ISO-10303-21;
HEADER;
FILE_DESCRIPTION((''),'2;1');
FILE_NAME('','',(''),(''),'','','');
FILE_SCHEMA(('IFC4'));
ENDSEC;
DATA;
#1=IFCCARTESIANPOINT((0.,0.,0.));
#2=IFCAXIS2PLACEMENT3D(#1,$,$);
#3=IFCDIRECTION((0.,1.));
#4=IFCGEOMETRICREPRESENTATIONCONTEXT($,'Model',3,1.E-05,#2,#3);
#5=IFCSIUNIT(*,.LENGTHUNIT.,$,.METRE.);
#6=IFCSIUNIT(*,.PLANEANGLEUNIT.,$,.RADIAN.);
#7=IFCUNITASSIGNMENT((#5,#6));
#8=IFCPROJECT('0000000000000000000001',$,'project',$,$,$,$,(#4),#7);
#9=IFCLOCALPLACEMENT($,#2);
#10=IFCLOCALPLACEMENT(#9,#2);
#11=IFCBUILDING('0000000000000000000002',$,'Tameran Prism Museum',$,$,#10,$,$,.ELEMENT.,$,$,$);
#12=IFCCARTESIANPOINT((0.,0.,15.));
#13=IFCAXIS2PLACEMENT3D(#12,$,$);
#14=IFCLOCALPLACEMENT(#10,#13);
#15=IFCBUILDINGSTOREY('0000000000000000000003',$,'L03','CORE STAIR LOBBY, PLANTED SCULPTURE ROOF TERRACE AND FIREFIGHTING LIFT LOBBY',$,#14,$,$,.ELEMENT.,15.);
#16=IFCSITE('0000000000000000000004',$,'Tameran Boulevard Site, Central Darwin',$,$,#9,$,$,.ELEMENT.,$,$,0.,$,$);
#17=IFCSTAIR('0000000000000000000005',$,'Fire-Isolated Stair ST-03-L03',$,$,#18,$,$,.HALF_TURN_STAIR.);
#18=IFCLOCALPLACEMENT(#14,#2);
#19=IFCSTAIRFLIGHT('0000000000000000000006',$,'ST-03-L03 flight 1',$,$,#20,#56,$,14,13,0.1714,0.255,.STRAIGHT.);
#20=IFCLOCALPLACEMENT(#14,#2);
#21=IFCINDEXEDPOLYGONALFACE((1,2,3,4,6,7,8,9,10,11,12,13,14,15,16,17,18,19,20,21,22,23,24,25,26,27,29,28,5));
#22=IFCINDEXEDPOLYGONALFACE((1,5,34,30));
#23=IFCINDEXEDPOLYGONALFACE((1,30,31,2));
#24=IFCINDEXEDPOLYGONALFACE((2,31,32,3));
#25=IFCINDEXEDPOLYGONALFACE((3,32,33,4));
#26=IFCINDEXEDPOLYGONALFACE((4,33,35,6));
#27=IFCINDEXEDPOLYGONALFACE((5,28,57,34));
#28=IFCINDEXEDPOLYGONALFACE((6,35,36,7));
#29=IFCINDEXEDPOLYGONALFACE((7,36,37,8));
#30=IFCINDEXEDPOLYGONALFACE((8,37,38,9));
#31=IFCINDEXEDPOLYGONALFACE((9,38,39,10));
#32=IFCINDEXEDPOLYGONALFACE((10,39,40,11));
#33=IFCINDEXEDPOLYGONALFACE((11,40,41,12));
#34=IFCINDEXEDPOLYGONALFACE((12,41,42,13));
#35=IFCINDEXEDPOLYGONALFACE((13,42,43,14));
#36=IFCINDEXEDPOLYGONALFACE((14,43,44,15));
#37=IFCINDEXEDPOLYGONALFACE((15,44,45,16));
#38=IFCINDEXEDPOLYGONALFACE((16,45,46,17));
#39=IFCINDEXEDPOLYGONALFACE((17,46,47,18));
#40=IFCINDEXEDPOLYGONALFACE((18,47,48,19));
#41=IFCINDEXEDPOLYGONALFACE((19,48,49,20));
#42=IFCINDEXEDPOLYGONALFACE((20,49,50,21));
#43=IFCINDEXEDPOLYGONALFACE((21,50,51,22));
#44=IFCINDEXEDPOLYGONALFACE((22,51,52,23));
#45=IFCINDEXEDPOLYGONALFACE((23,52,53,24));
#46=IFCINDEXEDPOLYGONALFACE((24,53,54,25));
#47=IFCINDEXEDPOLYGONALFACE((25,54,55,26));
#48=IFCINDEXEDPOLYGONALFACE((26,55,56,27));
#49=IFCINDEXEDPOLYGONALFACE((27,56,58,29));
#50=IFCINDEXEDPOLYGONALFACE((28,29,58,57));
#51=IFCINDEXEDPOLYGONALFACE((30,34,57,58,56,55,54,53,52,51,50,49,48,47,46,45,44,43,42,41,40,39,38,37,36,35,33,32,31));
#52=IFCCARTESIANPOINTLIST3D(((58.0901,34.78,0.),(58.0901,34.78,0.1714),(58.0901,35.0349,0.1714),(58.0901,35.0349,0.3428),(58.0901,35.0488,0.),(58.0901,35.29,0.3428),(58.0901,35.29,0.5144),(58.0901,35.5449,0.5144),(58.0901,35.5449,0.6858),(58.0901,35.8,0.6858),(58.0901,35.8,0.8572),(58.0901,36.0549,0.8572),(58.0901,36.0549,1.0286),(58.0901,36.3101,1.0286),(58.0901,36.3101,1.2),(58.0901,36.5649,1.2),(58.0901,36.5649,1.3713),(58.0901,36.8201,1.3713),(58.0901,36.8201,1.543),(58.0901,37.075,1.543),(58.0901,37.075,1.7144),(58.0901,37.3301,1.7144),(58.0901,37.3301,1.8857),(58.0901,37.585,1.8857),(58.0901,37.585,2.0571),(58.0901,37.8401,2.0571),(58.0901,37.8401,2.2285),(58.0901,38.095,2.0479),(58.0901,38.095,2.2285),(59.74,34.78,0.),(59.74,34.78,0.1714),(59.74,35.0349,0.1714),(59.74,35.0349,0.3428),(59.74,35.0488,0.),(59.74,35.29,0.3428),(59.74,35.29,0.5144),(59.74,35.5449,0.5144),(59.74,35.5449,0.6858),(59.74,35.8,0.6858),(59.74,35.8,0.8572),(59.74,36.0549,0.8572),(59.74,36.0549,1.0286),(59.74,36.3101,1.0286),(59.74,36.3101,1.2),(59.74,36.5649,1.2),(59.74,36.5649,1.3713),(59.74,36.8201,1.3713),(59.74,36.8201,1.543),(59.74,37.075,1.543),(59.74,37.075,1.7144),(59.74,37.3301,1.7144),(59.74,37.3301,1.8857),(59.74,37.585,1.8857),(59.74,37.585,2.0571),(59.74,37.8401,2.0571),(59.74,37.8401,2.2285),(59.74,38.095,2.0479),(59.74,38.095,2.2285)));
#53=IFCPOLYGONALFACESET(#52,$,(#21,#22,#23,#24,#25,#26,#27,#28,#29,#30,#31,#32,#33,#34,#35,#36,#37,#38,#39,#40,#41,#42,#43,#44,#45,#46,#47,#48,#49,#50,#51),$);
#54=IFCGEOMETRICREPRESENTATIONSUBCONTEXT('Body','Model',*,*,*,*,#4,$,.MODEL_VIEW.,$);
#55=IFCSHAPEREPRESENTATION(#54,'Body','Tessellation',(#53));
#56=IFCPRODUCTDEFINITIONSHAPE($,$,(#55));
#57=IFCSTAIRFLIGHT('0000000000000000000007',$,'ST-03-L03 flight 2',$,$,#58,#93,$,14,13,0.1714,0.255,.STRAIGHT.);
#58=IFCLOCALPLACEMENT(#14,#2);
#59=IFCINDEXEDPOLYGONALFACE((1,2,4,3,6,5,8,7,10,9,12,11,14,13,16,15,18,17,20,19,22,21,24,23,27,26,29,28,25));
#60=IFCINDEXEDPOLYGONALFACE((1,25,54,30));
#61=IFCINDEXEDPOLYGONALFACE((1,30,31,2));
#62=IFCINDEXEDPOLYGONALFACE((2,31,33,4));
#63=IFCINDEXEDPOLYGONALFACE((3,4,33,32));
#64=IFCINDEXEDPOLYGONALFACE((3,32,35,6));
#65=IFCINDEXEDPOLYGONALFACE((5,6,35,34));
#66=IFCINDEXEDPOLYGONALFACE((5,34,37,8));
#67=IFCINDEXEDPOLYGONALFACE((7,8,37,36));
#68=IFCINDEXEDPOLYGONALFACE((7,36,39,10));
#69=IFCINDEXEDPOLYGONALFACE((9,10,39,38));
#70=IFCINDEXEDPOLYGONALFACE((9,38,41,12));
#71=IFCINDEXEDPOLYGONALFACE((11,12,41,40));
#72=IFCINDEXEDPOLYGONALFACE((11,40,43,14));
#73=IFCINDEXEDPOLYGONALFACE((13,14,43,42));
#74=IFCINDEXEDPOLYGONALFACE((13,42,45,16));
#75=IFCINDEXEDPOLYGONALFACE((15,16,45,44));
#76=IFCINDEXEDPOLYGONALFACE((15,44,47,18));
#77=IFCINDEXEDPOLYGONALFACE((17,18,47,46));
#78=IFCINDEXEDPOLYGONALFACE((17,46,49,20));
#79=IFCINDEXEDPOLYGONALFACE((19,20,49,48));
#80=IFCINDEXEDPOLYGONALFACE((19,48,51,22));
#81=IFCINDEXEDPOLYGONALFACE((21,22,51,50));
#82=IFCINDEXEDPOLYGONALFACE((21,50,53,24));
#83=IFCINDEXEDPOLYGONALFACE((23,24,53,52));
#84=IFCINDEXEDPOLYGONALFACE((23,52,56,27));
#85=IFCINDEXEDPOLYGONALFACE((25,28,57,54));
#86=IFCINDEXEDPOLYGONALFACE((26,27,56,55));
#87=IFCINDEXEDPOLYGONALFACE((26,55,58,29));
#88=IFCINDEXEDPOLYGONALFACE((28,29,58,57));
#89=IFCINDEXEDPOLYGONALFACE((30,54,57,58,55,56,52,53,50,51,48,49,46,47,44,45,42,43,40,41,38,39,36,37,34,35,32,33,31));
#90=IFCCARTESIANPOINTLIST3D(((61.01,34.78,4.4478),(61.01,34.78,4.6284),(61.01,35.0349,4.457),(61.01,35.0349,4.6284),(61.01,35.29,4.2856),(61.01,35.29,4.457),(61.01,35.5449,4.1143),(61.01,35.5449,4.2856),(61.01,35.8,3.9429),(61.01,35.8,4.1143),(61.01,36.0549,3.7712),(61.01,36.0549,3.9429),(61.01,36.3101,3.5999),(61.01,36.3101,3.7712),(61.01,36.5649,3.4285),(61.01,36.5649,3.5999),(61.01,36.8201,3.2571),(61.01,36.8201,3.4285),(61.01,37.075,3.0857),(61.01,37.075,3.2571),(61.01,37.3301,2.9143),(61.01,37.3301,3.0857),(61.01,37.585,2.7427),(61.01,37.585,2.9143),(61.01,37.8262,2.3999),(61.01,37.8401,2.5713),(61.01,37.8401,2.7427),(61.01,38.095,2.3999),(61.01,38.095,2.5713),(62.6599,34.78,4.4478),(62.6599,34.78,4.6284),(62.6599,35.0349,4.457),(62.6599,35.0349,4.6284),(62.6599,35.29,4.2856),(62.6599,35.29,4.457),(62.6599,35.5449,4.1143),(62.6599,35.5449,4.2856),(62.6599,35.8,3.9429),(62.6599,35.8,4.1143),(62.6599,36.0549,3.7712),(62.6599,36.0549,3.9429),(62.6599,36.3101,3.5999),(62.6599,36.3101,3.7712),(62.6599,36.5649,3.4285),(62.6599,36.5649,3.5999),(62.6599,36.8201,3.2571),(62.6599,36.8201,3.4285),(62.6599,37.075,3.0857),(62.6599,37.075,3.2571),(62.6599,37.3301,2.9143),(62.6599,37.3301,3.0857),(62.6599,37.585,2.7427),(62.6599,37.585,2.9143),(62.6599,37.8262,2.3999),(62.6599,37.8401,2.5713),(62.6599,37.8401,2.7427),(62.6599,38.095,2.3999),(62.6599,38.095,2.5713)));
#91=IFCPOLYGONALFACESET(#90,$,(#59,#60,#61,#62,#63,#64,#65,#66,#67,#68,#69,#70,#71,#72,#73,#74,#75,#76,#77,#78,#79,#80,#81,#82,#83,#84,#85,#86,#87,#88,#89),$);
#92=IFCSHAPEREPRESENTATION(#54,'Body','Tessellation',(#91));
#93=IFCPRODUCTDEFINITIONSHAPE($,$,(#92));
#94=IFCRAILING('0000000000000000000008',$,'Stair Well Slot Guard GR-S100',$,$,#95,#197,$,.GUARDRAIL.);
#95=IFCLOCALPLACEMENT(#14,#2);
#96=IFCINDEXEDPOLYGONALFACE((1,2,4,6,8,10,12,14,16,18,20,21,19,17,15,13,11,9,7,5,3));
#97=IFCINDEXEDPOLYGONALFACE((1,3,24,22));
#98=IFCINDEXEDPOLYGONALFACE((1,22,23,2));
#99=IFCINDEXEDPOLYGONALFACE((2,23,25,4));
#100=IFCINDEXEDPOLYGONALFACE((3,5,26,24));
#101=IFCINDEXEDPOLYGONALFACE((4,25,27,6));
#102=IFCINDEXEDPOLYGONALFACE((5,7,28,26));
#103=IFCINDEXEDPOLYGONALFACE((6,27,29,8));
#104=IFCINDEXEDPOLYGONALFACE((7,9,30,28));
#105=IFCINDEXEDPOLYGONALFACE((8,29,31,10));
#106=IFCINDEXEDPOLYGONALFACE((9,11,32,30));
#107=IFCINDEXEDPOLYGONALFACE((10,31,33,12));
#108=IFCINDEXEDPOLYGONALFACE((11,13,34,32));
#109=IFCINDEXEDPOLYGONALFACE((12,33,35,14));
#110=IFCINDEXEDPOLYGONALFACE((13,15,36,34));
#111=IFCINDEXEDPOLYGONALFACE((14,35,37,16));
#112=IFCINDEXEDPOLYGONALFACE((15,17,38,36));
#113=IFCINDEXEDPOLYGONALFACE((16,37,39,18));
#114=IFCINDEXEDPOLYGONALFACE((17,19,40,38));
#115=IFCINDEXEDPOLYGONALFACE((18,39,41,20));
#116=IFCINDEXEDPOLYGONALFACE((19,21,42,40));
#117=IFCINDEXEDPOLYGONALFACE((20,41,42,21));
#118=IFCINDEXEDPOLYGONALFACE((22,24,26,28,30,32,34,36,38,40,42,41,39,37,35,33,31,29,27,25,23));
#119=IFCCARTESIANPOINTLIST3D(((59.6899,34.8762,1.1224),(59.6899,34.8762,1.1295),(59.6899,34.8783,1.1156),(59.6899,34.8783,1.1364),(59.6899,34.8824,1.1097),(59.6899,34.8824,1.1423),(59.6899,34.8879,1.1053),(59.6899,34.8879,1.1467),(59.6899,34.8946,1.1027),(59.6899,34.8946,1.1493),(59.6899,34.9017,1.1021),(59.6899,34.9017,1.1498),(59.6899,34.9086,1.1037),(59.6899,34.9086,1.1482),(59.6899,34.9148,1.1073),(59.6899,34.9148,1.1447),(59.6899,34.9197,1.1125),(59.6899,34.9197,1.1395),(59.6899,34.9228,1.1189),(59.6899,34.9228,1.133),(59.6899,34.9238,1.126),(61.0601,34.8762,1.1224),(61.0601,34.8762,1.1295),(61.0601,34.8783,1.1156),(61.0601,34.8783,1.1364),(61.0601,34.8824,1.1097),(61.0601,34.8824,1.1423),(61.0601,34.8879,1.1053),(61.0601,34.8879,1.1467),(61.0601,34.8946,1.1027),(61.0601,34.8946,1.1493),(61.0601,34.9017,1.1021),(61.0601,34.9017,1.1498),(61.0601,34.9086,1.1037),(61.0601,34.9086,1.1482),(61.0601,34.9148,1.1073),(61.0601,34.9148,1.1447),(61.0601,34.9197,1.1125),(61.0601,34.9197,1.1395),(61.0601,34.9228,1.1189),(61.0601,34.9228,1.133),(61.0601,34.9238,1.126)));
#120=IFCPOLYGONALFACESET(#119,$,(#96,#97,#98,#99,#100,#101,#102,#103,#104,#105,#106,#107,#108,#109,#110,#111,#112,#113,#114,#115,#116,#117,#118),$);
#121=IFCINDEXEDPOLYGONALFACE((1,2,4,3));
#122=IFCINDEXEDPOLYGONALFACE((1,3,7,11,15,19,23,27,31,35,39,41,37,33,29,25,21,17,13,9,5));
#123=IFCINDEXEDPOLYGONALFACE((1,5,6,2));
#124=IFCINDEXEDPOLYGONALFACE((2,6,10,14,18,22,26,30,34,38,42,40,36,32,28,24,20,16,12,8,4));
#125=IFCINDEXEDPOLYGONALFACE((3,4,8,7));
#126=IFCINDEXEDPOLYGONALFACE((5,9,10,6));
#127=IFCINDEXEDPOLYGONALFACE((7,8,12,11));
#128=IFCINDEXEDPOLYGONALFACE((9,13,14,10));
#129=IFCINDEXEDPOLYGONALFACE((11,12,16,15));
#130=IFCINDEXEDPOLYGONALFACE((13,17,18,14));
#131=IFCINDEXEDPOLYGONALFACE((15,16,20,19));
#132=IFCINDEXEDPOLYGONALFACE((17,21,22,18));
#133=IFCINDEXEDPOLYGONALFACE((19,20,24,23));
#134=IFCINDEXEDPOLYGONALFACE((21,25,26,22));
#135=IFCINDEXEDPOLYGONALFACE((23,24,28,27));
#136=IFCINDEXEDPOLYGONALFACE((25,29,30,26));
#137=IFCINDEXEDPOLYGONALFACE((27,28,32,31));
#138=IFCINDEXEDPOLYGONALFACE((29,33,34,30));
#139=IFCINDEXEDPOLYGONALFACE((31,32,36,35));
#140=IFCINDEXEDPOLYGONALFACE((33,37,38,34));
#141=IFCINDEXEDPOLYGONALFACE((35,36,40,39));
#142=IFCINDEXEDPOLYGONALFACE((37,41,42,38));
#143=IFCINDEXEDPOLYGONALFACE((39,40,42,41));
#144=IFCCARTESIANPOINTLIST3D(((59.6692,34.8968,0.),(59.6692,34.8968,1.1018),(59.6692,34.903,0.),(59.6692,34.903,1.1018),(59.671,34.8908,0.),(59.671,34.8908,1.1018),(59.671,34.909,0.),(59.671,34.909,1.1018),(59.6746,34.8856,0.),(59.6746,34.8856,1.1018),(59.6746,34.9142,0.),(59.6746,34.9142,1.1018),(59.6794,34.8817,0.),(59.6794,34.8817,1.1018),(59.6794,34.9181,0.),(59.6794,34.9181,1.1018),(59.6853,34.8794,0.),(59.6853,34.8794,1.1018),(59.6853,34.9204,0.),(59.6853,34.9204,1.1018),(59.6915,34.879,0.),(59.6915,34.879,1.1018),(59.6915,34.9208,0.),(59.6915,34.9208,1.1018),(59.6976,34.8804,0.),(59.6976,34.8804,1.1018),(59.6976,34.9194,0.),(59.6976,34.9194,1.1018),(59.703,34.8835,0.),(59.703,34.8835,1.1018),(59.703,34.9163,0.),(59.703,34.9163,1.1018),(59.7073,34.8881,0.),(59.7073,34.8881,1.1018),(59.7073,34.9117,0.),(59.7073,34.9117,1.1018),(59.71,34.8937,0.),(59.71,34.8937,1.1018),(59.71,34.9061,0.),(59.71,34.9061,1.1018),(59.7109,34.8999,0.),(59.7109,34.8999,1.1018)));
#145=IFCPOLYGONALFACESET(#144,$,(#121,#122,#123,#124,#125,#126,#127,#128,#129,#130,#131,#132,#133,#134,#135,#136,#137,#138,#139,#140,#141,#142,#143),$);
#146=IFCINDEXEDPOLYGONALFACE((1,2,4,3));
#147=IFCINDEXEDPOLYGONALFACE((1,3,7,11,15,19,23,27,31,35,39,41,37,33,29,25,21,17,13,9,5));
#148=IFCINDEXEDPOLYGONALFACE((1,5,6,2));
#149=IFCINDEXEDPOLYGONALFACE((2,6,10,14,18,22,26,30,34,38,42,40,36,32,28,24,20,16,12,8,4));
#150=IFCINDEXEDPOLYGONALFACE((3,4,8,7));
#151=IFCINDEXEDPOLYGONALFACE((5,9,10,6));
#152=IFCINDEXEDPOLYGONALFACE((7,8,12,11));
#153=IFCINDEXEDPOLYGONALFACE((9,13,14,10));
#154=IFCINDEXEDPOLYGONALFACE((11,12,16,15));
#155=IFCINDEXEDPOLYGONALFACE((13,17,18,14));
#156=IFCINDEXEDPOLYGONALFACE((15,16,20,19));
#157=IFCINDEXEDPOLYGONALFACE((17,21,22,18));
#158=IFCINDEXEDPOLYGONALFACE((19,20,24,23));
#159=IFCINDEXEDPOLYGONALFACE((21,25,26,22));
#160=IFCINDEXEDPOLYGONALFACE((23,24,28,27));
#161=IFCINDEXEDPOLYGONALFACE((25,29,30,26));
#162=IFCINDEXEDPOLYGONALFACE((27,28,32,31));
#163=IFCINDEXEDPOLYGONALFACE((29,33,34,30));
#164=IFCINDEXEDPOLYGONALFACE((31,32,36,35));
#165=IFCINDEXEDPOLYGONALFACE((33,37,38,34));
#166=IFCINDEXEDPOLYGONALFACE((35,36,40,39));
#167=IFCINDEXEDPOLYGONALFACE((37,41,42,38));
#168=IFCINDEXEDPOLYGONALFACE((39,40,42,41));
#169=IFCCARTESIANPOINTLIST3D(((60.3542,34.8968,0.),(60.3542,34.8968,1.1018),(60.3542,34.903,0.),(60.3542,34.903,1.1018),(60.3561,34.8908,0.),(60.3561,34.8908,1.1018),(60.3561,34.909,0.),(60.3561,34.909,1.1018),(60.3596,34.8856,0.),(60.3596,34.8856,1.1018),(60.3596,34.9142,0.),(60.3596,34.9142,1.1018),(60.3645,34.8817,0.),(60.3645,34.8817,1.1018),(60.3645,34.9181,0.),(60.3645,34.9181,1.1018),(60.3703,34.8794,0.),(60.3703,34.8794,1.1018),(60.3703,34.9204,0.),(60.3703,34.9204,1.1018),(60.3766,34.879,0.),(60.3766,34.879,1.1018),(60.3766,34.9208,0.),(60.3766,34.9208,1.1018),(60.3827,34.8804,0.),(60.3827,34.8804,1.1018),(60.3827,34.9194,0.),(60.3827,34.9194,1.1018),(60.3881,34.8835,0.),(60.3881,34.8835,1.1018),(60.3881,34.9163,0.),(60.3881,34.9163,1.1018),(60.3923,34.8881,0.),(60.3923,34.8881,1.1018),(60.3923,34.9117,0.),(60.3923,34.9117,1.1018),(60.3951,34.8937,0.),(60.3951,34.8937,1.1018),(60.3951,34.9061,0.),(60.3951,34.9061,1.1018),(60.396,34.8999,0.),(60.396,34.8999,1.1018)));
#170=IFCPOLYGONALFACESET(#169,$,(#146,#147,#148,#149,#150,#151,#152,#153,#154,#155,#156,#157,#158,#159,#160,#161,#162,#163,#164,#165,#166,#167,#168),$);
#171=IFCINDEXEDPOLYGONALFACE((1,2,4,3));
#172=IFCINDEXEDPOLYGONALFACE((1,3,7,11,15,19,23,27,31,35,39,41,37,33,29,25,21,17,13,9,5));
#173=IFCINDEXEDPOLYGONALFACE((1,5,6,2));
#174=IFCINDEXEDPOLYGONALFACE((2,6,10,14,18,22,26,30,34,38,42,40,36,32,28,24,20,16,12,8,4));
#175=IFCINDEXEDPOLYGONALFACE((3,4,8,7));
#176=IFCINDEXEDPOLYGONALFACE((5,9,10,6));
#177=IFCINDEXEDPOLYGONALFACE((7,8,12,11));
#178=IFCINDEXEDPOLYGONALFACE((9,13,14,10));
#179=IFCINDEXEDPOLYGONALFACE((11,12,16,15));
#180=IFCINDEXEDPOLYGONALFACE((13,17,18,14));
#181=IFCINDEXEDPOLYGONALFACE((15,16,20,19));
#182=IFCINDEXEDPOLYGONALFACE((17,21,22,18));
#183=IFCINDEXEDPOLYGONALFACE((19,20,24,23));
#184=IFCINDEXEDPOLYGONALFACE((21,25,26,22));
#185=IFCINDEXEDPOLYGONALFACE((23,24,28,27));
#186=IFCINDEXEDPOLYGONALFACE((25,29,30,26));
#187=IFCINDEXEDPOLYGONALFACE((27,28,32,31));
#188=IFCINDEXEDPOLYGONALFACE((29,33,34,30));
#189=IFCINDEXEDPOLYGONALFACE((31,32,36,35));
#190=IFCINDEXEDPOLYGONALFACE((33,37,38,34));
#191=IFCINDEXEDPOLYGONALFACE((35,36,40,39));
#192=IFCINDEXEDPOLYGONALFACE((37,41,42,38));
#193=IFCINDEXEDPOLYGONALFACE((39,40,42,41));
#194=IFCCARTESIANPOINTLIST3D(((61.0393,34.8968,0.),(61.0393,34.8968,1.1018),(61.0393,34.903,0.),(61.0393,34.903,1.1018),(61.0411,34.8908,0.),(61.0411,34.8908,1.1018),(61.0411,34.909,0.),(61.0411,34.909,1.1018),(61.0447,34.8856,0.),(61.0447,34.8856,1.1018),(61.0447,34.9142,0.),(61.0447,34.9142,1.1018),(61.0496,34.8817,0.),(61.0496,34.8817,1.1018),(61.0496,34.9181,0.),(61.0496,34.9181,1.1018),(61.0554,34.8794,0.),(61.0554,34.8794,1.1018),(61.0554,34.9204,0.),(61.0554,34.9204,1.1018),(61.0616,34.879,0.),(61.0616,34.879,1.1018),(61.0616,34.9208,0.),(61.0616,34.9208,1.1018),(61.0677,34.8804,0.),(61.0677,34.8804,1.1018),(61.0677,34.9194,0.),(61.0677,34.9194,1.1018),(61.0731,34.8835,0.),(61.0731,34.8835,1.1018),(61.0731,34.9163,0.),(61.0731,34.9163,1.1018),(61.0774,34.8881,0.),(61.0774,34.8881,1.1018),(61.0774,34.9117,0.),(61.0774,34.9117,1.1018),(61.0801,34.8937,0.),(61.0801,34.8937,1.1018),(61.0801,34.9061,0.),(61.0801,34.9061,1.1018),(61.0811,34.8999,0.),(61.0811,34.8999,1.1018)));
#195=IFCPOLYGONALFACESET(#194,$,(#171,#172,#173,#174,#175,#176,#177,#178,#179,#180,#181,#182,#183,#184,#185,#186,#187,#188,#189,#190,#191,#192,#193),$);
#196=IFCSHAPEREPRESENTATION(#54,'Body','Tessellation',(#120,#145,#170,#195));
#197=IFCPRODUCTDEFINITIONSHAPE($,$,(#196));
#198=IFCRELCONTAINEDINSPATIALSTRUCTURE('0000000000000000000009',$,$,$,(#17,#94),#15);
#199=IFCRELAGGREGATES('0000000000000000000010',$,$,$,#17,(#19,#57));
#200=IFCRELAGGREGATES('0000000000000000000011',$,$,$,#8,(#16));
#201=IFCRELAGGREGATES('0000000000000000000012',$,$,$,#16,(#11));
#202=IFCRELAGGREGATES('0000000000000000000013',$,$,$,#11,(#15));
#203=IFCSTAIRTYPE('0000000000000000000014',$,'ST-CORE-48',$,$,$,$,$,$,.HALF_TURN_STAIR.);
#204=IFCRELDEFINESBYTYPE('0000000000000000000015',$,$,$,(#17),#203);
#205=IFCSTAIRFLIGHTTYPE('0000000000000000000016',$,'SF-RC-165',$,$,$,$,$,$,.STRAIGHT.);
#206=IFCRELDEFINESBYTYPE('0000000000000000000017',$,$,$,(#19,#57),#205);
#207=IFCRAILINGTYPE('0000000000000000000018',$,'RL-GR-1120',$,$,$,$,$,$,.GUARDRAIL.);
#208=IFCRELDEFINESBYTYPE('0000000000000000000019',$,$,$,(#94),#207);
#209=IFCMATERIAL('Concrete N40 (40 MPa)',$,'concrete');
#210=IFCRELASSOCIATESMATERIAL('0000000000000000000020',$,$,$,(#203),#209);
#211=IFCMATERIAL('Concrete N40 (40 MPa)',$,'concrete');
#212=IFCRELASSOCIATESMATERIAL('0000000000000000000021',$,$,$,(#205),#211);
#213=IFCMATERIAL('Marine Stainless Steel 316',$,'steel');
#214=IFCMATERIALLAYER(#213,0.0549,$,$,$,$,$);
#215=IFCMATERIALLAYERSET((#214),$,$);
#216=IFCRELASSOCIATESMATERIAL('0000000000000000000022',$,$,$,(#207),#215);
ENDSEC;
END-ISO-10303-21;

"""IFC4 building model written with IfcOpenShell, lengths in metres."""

from ifc_helpers import new_model, si_unit, direction, frame, origin, origin_2d, place, context, subcontext, project, spatial, polyline, circle, outline, extrude, material, layer, layer_set, type_object, element, aggregate, save


model = new_model("IFC4")

# Units and contexts
model_context = context("Model", 3, precision=1e-05, world=origin(), true_north=direction((0.0, 1.0)))
body_context = subcontext(model_context, "Body", "Model", "MODEL_VIEW")
ifc_project = project(units=[si_unit("LENGTHUNIT", "METRE"), si_unit("PLANEANGLEUNIT", "RADIAN")], contexts=[model_context])

# Site, building, storey
site_placement = place(None, origin())
site = spatial("IfcSite", under=ifc_project, at=site_placement, Name="Tameran Boulevard Site, Central Darwin", CompositionType="ELEMENT", RefElevation=0.0)
building_placement = place(site_placement, origin())
building = spatial("IfcBuilding", under=site, at=building_placement, Name="Tameran Prism Museum", CompositionType="ELEMENT")
storey_placement = place(building_placement, frame((0.0, 0.0, 15.0)))
storey = spatial("IfcBuildingStorey", under=building, at=storey_placement, Name="L03", Description="CORE STAIR LOBBY, PLANTED SCULPTURE ROOF TERRACE AND FIREFIGHTING LIFT LOBBY", CompositionType="ELEMENT", Elevation=15.0)

# Stair, stair flights
ifc_material_1 = material(Name="Concrete N40 (40 MPa)", Category="concrete")
stair_type = type_object("IfcStairType", Name="ST-CORE-48", PredefinedType="HALF_TURN_STAIR", material=ifc_material_1)
stair_placement = place(storey_placement, origin())
stair = element("IfcStair", 1, at=stair_placement, inside=storey, type_object=stair_type, Name="Fire-Isolated Stair ST-03-L03", PredefinedType="HALF_TURN_STAIR")
ifc_material_2 = material(Name="Concrete N40 (40 MPa)", Category="concrete")
stair_flight_type = type_object("IfcStairFlightType", Name="SF-RC-165", PredefinedType="STRAIGHT", material=ifc_material_2)
stair_flight_1_placement = place(storey_placement, frame((58.915, 34.78, 0.0), z_axis=(0.0, 0.0, 1.0), x_axis=(0.0, 1.0, 0.0)))
stair_flight_1 = element("IfcStairFlight", 2, at=stair_flight_1_placement, type_object=stair_flight_type, Name="ST-03-L03 flight 1", NumberOfRisers=14, NumberOfTreads=13, PredefinedType="STRAIGHT", RiserHeight=0.1714, TreadLength=0.255, context=body_context, shape_type="SweptSolid", body=[
    extrude(outline(polyline([(0.0, 0.0), (0.0, 0.1714), (0.2549, 0.1714), (0.2549, 0.3428), (0.51, 0.3428), (0.51, 0.5144), (0.7649, 0.5144), (0.7649, 0.6858), (1.02, 0.6858), (1.02, 0.8572), (1.2749, 0.8572), (1.2749, 1.0286), (1.53, 1.0286), (1.53, 1.2), (1.7849, 1.2), (1.7849, 1.3713), (2.04, 1.3713), (2.04, 1.543), (2.2949, 1.543), (2.2949, 1.7144), (2.55, 1.7144), (2.55, 1.8857), (2.8049, 1.8857), (2.8049, 2.0571), (3.0601, 2.0571), (3.0601, 2.2285), (3.3149, 2.2285), (3.3149, 2.3999), (3.3149, 2.0479), (0.2688, 0.0), (0.0, 0.0)])), frame((0.0, 0.825, 0.0), z_axis=(0.0, -1.0, 0.0), x_axis=(1.0, 0.0, 0.0)), (0.0, 0.0, 1.0), 1.6499),
])
stair_flight_2_placement = place(storey_placement, frame((61.835, 38.095, 2.3999), z_axis=(0.0, 0.0, 1.0), x_axis=(0.0, -1.0, 0.0)))
stair_flight_2 = element("IfcStairFlight", 3, at=stair_flight_2_placement, type_object=stair_flight_type, Name="ST-03-L03 flight 2", NumberOfRisers=14, NumberOfTreads=13, PredefinedType="STRAIGHT", RiserHeight=0.1714, TreadLength=0.255, context=body_context, shape_type="SweptSolid", body=[
    extrude(outline(polyline([(0.0, 0.0), (0.0, 0.1714), (0.2549, 0.1714), (0.2549, 0.3428), (0.51, 0.3428), (0.51, 0.5144), (0.7649, 0.5144), (0.7649, 0.6858), (1.02, 0.6858), (1.02, 0.8572), (1.2749, 0.8572), (1.2749, 1.0286), (1.53, 1.0286), (1.53, 1.2), (1.7849, 1.2), (1.7849, 1.3713), (2.04, 1.3713), (2.04, 1.543), (2.2949, 1.543), (2.2949, 1.7144), (2.55, 1.7144), (2.55, 1.8857), (2.8049, 1.8857), (2.8049, 2.0571), (3.0601, 2.0571), (3.0601, 2.2285), (3.3149, 2.2285), (3.3149, 2.3999), (3.3149, 2.0479), (0.2688, 0.0), (0.0, 0.0)])), frame((0.0, 0.825, 0.0), z_axis=(0.0, -1.0, 0.0), x_axis=(1.0, 0.0, 0.0)), (0.0, 0.0, 1.0), 1.6499),
])
aggregate(stair, [stair_flight_1, stair_flight_2])

# Railing
ifc_material_3 = material(Name="Marine Stainless Steel 316", Category="steel")
ifc_layer_1 = layer(ifc_material_3, 0.0549)
ifc_layer_set_1 = layer_set([ifc_layer_1])
railing_type_1 = type_object("IfcRailingType", Name="RL-GR-1120", PredefinedType="GUARDRAIL", material=ifc_layer_set_1)
railing_1_placement = place(storey_placement, frame((59.6899, 34.8999, 0.0)))
element("IfcRailing", 4, at=railing_1_placement, inside=storey, type_object=railing_type_1, Name="Stair Well Slot Guard GR-S100", PredefinedType="GUARDRAIL", context=body_context, shape_type="SweptSolid", body=[
    extrude(circle(Radius=0.0239, at=origin_2d()), frame((0.0, 0.0, 1.126), z_axis=(1.0, 0.0, 0.0), x_axis=(0.0, 1.0, 0.0)), (0.0, 0.0, 1.0), 1.3701),
    extrude(circle(Radius=0.021, at=origin_2d()), origin(), (0.0, 0.0, 1.0), 1.1018),
    extrude(circle(Radius=0.021, at=origin_2d()), frame((0.6851, 0.0, 0.0)), (0.0, 0.0, 1.0), 1.1018),
    extrude(circle(Radius=0.021, at=origin_2d()), frame((1.3701, 0.0, 0.0)), (0.0, 0.0, 1.0), 1.1018),
])

save(model, "model.ifc")
